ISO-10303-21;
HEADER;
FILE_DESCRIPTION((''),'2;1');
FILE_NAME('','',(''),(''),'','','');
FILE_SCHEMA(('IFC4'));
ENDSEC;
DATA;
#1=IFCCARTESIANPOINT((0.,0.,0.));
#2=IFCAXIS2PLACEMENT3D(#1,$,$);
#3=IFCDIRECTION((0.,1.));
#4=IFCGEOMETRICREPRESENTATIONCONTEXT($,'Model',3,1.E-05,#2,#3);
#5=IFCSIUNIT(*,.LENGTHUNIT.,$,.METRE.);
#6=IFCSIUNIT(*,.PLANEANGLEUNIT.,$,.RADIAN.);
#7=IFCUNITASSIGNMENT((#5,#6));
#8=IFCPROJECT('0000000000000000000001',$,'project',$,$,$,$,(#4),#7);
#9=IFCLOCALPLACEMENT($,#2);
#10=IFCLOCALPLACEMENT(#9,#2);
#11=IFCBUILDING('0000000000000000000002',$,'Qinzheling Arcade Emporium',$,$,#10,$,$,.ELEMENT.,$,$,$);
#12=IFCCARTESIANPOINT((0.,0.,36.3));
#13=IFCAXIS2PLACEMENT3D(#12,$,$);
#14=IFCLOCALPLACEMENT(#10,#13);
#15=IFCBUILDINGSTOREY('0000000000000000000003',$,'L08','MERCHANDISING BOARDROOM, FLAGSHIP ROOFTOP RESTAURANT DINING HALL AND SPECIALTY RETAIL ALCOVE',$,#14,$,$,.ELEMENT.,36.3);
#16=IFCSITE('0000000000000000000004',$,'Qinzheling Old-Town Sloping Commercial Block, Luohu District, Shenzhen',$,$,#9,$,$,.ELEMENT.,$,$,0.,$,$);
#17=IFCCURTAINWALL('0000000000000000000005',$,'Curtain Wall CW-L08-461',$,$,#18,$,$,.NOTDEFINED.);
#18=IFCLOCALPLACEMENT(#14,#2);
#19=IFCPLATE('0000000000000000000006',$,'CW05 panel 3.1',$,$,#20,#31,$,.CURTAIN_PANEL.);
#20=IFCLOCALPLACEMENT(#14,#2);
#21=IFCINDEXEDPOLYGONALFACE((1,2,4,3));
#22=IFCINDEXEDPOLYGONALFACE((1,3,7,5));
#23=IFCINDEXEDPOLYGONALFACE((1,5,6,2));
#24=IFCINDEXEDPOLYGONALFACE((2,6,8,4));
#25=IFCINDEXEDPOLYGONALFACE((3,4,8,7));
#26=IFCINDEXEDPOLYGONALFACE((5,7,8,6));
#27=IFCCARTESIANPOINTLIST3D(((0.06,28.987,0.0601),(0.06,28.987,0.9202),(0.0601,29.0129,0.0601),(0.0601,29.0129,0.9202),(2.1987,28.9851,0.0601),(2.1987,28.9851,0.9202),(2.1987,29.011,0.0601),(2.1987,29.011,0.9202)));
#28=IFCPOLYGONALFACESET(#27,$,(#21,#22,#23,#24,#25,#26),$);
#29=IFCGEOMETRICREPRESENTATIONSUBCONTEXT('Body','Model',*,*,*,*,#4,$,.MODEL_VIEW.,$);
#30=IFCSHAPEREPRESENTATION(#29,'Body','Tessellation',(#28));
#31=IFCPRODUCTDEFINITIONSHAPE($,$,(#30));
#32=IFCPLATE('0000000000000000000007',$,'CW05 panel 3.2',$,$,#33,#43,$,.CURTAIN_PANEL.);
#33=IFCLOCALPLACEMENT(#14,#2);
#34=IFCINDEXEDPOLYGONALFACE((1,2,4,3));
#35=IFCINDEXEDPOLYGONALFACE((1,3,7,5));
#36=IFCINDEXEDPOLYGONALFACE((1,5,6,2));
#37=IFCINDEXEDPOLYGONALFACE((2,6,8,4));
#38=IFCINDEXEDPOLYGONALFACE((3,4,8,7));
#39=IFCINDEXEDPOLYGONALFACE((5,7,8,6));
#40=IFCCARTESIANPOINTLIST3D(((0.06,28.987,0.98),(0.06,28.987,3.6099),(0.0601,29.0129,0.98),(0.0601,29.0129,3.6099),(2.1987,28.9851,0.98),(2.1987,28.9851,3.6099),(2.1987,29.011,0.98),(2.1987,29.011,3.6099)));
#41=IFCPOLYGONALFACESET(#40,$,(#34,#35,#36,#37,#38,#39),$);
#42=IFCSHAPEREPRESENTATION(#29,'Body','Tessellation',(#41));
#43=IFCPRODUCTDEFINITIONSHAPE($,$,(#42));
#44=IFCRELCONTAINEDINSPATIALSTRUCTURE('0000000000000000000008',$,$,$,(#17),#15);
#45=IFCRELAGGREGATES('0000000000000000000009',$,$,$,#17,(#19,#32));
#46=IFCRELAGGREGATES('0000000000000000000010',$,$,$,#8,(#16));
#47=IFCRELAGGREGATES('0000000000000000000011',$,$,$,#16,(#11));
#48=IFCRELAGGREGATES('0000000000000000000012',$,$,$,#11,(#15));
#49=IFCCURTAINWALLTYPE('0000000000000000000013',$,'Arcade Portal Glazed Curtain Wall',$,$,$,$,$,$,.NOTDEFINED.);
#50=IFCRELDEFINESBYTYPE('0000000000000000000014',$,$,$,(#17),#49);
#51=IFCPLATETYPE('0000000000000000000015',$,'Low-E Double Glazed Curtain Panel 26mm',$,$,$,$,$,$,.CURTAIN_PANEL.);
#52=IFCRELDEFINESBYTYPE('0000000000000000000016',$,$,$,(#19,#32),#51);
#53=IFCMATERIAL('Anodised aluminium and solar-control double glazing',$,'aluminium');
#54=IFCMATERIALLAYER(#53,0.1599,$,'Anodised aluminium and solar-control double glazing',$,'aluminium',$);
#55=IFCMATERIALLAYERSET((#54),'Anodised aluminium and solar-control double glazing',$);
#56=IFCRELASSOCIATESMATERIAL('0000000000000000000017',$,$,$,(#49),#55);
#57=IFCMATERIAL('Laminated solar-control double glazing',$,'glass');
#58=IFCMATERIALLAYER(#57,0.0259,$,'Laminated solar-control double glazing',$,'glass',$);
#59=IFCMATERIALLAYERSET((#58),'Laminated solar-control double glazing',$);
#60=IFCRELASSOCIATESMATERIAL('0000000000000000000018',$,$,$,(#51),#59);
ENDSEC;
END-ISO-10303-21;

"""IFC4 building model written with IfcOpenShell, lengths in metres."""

from ifc_helpers import new_model, si_unit, direction, frame, origin, origin_2d, place, context, subcontext, project, spatial, rectangle, extrude, material, layer, layer_set, type_object, element, aggregate, save


model = new_model("IFC4")

# Units and contexts
model_context = context("Model", 3, precision=1e-05, world=origin(), true_north=direction((0.0, 1.0)))
body_context = subcontext(model_context, "Body", "Model", "MODEL_VIEW")
ifc_project = project(units=[si_unit("LENGTHUNIT", "METRE"), si_unit("PLANEANGLEUNIT", "RADIAN")], contexts=[model_context])

# Site, building, storey
site_placement = place(None, origin())
site = spatial("IfcSite", under=ifc_project, at=site_placement, Name="Qinzheling Old-Town Sloping Commercial Block, Luohu District, Shenzhen", CompositionType="ELEMENT", RefElevation=0.0)
building_placement = place(site_placement, origin())
building = spatial("IfcBuilding", under=site, at=building_placement, Name="Qinzheling Arcade Emporium", CompositionType="ELEMENT")
storey_placement = place(building_placement, frame((0.0, 0.0, 36.3)))
storey = spatial("IfcBuildingStorey", under=building, at=storey_placement, Name="L08", Description="MERCHANDISING BOARDROOM, FLAGSHIP ROOFTOP RESTAURANT DINING HALL AND SPECIALTY RETAIL ALCOVE", CompositionType="ELEMENT", Elevation=36.3)

# Curtain wall
ifc_material_1 = material(Name="Anodised aluminium and solar-control double glazing", Category="aluminium")
ifc_layer_1 = layer(ifc_material_1, 0.1599, Name="Anodised aluminium and solar-control double glazing", Category="aluminium")
ifc_layer_set_1 = layer_set([ifc_layer_1], Name="Anodised aluminium and solar-control double glazing")
curtain_wall_type = type_object("IfcCurtainWallType", Name="Arcade Portal Glazed Curtain Wall", PredefinedType="NOTDEFINED", material=ifc_layer_set_1)
curtain_wall_1_placement = place(storey_placement, origin())
curtain_wall_1 = element("IfcCurtainWall", 1, at=curtain_wall_1_placement, inside=storey, type_object=curtain_wall_type, Name="Curtain Wall CW-L08-461", PredefinedType="NOTDEFINED")

# Plates
ifc_material_2 = material(Name="Laminated solar-control double glazing", Category="glass")
ifc_layer_2 = layer(ifc_material_2, 0.0259, Name="Laminated solar-control double glazing", Category="glass")
ifc_layer_set_2 = layer_set([ifc_layer_2], Name="Laminated solar-control double glazing")
plate_type_1 = type_object("IfcPlateType", Name="Low-E Double Glazed Curtain Panel 26mm", PredefinedType="CURTAIN_PANEL", material=ifc_layer_set_2)
plate_1_placement = place(storey_placement, frame((1.1294, 28.999, 0.0601), z_axis=(0.0, 0.0, 1.0), x_axis=(-1.0, 0.000897, 0.0)))
plate_1 = element("IfcPlate", 2, at=plate_1_placement, type_object=plate_type_1, Name="CW05 panel 3.1", PredefinedType="CURTAIN_PANEL", context=body_context, shape_type="SweptSolid", body=[
    extrude(rectangle(XDim=2.1387, YDim=0.0259, at=origin_2d()), origin(), (0.0, 0.0, 1.0), 0.8601),
])
plate_2_placement = place(storey_placement, frame((1.1294, 28.999, 0.98), z_axis=(0.0, 0.0, 1.0), x_axis=(-1.0, 0.000897, 0.0)))
plate_2 = element("IfcPlate", 3, at=plate_2_placement, type_object=plate_type_1, Name="CW05 panel 3.2", PredefinedType="CURTAIN_PANEL", context=body_context, shape_type="SweptSolid", body=[
    extrude(rectangle(XDim=2.1387, YDim=0.0259, at=origin_2d()), origin(), (0.0, 0.0, 1.0), 2.6299),
])
aggregate(curtain_wall_1, [plate_1, plate_2])

save(model, "model.ifc")
